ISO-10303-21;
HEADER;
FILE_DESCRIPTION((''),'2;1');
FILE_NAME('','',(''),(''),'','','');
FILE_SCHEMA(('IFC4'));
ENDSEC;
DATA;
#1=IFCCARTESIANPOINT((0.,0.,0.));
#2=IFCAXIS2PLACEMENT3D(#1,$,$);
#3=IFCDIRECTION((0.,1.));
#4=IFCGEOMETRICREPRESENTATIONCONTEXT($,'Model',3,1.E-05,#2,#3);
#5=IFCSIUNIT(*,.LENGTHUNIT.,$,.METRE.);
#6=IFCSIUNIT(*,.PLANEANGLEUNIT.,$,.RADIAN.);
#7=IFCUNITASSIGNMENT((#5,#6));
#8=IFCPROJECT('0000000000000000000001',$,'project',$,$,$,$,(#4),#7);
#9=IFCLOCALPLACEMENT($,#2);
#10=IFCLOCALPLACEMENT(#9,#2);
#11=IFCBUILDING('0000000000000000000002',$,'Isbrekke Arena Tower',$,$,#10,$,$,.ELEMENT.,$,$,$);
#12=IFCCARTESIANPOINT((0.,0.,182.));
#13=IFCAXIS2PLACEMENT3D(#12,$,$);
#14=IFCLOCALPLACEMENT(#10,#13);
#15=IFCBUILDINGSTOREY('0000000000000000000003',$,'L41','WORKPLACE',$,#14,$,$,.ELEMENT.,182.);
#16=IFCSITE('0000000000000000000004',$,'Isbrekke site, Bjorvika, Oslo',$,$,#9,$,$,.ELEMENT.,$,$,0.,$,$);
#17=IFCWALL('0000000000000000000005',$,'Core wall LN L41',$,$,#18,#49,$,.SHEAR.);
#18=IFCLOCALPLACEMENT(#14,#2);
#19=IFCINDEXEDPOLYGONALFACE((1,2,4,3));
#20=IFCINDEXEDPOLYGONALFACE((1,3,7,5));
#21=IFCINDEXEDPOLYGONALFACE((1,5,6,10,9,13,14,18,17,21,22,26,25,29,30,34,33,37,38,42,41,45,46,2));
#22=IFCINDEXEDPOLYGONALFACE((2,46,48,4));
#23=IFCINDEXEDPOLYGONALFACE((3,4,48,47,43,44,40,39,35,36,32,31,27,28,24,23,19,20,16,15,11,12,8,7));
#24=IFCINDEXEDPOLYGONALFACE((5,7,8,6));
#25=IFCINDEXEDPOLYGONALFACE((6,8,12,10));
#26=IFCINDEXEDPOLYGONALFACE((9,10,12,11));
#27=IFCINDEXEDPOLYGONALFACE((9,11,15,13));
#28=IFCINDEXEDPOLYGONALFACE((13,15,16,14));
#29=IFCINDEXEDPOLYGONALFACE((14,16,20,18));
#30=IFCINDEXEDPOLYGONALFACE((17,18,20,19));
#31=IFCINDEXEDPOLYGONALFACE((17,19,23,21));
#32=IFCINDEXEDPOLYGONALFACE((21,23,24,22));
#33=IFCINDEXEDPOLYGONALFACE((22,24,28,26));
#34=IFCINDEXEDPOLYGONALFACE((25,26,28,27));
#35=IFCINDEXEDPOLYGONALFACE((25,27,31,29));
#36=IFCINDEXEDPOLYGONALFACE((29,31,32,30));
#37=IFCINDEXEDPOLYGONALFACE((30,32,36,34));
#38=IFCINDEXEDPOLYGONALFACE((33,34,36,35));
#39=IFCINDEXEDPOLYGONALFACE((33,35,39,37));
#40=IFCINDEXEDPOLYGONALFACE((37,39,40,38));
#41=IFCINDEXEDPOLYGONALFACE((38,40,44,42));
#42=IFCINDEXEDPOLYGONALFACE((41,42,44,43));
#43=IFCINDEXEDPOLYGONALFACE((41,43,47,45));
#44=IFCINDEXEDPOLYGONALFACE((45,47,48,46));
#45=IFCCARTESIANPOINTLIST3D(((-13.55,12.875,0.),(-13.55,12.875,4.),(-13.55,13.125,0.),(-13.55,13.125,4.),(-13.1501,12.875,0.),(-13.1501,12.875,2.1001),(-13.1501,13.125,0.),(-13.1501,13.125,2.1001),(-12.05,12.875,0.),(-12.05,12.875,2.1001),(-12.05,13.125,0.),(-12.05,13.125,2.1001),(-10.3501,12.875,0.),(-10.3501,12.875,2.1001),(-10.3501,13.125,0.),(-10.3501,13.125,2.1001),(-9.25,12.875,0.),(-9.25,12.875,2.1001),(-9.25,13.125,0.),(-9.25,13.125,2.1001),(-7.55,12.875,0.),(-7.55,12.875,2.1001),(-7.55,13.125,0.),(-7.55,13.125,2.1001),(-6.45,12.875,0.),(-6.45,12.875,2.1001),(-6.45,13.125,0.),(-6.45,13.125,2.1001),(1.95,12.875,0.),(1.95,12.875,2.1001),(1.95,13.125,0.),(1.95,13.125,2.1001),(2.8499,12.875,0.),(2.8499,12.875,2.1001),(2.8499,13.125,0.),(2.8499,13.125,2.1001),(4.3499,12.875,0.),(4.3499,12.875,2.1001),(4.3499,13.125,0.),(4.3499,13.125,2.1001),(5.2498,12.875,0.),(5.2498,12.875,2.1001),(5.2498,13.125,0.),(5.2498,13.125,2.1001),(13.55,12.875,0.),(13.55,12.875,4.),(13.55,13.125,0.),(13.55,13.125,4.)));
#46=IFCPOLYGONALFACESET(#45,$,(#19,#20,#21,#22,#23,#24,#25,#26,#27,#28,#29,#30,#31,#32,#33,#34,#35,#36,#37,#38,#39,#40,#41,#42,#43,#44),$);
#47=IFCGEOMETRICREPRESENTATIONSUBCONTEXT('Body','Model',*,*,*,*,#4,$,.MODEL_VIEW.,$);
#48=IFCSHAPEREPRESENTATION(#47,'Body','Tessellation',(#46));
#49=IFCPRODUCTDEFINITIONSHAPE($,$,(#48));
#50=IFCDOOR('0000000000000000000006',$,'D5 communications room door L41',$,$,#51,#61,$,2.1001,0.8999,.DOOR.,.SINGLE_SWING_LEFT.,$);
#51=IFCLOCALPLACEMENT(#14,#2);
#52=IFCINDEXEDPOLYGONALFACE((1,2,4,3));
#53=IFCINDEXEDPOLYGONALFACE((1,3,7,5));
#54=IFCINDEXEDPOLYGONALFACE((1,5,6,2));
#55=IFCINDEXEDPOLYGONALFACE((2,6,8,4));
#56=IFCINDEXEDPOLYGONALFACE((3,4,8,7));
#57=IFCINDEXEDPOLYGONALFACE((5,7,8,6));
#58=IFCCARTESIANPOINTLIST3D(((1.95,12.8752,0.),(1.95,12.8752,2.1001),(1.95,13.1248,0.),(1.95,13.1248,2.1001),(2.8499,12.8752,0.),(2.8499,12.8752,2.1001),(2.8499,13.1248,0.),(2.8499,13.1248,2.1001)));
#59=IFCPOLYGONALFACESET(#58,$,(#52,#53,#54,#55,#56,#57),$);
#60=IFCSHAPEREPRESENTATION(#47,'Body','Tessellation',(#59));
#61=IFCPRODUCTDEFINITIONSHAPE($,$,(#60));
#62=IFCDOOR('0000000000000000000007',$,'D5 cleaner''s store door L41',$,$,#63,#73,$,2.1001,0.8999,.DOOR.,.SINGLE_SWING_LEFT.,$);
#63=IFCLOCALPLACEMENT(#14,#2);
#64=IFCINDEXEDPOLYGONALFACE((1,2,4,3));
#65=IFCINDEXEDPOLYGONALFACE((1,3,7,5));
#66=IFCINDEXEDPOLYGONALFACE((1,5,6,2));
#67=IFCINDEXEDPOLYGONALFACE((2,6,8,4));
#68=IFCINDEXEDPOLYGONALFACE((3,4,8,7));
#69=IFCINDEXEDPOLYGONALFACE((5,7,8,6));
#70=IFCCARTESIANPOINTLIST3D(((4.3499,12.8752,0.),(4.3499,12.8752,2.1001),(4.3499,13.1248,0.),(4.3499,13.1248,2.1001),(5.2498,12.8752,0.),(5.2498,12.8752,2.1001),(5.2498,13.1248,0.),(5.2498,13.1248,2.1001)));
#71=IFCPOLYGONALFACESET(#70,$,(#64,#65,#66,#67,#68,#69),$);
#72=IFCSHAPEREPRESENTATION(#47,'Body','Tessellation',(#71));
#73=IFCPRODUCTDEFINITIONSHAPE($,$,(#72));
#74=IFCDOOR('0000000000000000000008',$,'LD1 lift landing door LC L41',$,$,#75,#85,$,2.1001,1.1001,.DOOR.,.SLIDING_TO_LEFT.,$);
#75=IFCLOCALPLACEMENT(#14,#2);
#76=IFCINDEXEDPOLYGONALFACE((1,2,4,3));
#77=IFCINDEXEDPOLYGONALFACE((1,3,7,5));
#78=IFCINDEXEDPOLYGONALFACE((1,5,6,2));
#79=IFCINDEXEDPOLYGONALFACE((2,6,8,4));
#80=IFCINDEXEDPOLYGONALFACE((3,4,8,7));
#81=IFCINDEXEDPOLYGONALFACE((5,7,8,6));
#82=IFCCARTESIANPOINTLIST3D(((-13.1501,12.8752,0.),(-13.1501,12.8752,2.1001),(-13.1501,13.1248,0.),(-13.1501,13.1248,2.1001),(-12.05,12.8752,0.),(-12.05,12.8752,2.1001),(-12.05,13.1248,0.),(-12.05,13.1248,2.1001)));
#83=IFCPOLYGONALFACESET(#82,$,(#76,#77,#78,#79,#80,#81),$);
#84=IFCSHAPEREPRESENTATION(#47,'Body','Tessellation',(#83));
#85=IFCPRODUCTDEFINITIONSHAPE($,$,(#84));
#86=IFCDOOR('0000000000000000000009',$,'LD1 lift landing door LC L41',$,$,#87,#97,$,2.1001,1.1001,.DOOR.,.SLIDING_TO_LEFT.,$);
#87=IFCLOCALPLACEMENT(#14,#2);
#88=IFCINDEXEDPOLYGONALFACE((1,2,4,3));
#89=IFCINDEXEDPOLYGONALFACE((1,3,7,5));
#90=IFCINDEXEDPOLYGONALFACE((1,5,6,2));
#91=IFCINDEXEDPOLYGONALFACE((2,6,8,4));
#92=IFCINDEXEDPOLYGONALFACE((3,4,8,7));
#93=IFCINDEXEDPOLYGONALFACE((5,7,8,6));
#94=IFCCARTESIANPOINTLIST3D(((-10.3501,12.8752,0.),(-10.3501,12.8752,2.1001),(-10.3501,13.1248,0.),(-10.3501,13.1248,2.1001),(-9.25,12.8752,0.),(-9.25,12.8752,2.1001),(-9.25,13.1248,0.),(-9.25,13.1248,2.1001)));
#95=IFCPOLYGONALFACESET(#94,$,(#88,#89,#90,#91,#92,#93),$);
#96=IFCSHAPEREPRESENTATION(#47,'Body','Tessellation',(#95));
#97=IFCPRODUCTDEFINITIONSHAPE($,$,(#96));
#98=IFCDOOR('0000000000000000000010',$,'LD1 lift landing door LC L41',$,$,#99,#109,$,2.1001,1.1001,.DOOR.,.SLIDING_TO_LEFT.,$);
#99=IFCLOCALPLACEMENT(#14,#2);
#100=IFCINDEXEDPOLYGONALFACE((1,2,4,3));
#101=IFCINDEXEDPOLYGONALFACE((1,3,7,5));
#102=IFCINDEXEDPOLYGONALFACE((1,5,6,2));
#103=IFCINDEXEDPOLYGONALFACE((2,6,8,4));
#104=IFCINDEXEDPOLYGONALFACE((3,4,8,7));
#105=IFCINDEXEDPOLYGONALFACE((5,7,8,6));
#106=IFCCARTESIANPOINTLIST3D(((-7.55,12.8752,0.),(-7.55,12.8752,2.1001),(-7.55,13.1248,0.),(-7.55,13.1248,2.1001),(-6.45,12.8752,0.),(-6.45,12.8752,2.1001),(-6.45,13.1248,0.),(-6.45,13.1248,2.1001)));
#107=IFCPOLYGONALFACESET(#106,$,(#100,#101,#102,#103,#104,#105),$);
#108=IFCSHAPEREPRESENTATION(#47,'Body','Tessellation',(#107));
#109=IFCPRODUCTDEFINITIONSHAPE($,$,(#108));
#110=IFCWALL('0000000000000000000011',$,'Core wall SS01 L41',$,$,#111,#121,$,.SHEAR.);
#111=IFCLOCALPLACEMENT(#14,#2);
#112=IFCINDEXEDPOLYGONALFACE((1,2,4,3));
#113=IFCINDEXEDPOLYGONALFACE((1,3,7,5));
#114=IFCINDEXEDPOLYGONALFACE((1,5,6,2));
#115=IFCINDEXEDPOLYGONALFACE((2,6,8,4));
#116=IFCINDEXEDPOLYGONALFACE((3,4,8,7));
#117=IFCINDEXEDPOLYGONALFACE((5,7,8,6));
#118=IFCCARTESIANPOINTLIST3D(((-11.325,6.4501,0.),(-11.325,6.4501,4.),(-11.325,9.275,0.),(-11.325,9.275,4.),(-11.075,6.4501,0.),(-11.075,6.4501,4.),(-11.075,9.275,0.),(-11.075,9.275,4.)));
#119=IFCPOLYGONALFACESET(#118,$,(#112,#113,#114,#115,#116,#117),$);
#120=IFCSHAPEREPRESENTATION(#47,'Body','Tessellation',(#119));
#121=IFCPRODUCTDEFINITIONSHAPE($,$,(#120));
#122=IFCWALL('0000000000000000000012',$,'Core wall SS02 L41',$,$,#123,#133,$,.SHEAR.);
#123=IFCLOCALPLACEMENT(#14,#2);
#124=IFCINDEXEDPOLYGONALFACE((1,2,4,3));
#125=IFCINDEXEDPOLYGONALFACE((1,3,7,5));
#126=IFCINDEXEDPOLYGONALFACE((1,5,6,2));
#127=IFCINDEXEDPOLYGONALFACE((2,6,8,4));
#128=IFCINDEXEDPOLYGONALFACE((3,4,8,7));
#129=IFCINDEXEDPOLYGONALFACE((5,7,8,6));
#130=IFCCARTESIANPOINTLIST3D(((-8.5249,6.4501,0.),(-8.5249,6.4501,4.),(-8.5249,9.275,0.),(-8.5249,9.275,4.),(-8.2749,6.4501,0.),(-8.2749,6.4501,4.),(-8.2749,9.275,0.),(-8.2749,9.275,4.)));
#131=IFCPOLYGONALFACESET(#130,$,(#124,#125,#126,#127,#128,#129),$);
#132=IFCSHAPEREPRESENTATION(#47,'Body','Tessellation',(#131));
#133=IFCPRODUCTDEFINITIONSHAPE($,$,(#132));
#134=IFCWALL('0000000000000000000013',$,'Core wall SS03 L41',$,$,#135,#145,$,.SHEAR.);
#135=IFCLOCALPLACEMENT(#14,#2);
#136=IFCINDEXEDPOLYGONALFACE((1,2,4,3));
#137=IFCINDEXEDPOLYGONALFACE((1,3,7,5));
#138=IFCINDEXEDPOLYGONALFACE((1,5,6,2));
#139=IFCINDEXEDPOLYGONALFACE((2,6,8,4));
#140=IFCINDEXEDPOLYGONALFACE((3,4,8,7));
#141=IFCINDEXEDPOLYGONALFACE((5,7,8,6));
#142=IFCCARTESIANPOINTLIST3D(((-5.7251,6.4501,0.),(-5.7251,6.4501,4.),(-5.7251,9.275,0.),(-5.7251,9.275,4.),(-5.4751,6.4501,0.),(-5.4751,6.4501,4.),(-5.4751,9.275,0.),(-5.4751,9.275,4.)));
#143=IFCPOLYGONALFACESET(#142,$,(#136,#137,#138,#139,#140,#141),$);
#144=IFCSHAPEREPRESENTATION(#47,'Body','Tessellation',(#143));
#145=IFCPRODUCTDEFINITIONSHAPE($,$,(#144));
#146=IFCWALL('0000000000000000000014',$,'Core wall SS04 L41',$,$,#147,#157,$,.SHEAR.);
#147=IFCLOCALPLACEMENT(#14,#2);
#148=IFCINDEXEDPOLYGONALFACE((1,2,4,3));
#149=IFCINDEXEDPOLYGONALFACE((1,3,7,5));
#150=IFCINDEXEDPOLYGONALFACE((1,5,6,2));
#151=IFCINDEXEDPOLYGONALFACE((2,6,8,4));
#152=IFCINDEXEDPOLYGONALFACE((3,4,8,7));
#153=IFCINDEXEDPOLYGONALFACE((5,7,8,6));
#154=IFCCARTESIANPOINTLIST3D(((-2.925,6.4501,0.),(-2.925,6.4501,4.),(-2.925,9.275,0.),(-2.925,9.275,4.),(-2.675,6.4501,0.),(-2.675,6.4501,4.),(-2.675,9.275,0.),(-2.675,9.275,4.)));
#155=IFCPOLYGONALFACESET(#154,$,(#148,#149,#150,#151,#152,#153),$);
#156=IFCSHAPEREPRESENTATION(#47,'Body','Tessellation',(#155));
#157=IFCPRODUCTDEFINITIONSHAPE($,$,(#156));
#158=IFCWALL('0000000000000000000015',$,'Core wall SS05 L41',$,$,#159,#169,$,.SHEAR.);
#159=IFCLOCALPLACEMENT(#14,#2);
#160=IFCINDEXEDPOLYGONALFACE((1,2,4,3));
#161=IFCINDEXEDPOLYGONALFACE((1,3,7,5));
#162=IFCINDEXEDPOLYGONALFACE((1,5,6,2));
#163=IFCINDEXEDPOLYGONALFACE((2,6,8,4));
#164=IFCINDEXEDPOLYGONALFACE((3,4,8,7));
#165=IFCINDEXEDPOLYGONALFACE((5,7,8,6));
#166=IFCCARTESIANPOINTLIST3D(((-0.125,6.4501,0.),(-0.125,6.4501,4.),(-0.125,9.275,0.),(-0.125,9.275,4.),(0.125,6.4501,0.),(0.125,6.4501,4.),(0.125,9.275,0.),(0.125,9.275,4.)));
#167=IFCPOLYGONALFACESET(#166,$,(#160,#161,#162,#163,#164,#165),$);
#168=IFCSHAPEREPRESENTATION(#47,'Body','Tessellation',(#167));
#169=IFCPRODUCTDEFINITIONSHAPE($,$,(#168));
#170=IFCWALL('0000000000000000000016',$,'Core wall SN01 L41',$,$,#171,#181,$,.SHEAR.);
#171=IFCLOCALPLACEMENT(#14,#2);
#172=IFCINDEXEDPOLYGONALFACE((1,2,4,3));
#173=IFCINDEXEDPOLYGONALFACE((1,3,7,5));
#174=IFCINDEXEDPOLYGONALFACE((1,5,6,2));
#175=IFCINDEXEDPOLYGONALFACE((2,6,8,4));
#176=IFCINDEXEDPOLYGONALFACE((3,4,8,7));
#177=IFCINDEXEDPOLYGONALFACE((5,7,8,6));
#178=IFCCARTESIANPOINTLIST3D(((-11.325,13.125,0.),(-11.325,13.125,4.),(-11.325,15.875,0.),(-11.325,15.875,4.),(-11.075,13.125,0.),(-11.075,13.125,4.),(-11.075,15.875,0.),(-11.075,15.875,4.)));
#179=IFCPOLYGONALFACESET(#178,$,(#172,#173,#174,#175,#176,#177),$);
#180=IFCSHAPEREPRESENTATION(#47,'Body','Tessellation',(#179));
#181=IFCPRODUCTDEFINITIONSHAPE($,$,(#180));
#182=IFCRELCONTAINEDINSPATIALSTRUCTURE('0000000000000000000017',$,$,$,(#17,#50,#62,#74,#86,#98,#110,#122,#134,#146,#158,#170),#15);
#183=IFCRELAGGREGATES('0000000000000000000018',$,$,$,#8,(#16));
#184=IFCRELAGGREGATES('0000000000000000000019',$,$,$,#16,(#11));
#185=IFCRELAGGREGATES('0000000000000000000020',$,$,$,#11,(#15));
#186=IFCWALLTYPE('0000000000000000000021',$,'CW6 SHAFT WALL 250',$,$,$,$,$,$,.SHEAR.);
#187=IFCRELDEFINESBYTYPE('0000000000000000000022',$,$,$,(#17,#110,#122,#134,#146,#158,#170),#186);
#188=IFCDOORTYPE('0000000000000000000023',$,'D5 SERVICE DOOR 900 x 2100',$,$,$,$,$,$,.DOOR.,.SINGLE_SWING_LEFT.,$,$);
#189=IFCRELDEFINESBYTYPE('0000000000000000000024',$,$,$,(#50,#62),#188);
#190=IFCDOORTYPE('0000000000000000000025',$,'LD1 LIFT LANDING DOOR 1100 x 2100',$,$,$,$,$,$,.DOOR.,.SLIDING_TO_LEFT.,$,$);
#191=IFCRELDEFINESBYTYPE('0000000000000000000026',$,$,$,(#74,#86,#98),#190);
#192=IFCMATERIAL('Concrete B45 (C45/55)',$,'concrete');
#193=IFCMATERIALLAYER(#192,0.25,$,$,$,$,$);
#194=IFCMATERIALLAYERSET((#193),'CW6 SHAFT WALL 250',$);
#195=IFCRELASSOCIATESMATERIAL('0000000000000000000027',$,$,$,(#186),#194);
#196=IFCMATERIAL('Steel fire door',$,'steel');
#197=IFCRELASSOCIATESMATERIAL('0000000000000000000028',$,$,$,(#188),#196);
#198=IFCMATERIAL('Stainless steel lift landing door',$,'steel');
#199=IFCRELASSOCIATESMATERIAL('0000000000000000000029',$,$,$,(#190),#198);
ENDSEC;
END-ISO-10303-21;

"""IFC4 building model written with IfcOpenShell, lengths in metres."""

from ifc_helpers import new_model, si_unit, direction, frame, frame_2d, origin, place, context, subcontext, project, spatial, rectangle, extrude, material, layer, layer_set, type_object, element, fill, save


model = new_model("IFC4")

# Units and contexts
model_context = context("Model", 3, precision=1e-05, world=origin(), true_north=direction((0.0, 1.0)))
body_context = subcontext(model_context, "Body", "Model", "MODEL_VIEW")
ifc_project = project(units=[si_unit("LENGTHUNIT", "METRE"), si_unit("PLANEANGLEUNIT", "RADIAN")], contexts=[model_context])

# Site, building, storey
site_placement = place(None, origin())
site = spatial("IfcSite", under=ifc_project, at=site_placement, Name="Isbrekke site, Bjorvika, Oslo", CompositionType="ELEMENT", RefElevation=0.0)
building_placement = place(site_placement, origin())
building = spatial("IfcBuilding", under=site, at=building_placement, Name="Isbrekke Arena Tower", CompositionType="ELEMENT")
storey_placement = place(building_placement, frame((0.0, 0.0, 182.0)))
storey = spatial("IfcBuildingStorey", under=building, at=storey_placement, Name="L41", Description="WORKPLACE", CompositionType="ELEMENT", Elevation=182.0)

# Wall, openings, doors
ifc_material_1 = material(Name="Concrete B45 (C45/55)", Category="concrete")
ifc_layer_1 = layer(ifc_material_1, 0.25)
ifc_layer_set_1 = layer_set([ifc_layer_1], Name="CW6 SHAFT WALL 250")
wall_type_1 = type_object("IfcWallType", Name="CW6 SHAFT WALL 250", PredefinedType="SHEAR", material=ifc_layer_set_1)
ifc_material_2 = material(Name="Steel fire door", Category="steel")
door_type_1 = type_object("IfcDoorType", Name="D5 SERVICE DOOR 900 x 2100", OperationType="SINGLE_SWING_LEFT", PredefinedType="DOOR", material=ifc_material_2)
ifc_material_3 = material(Name="Stainless steel lift landing door", Category="steel")
door_type_2 = type_object("IfcDoorType", Name="LD1 LIFT LANDING DOOR 1100 x 2100", OperationType="SLIDING_TO_LEFT", PredefinedType="DOOR", material=ifc_material_3)
wall_1_placement = place(storey_placement, frame((-13.55, 13.0, 0.0), z_axis=(0.0, 0.0, 1.0), x_axis=(1.0, 0.0, 0.0)))
wall_1 = element("IfcWall", 1, at=wall_1_placement, inside=storey, type_object=wall_type_1, Name="Core wall LN L41", PredefinedType="SHEAR", context=body_context, shape_type="SweptSolid", body=[
    extrude(rectangle(XDim=27.1001, YDim=0.25, at=frame_2d((13.55, 0.0))), origin(), (0.0, 0.0, 1.0), 4.0),
])
opening_1_placement = place(wall_1_placement, frame((0.3999, 0.0, 0.0)))
opening_1 = element("IfcOpeningElement", 2, at=opening_1_placement, cuts=wall_1, PredefinedType="OPENING", context=body_context, shape_type="SweptSolid", body=[
    extrude(rectangle(XDim=1.1001, YDim=2.1001, at=frame_2d((0.55, 1.05))), frame((0.0, 0.1399, 0.0), z_axis=(0.0, -1.0, 0.0), x_axis=(1.0, 0.0, 0.0)), (0.0, 0.0, 1.0), 0.2798),
])
opening_2_placement = place(wall_1_placement, frame((3.2, 0.0, 0.0)))
opening_2 = element("IfcOpeningElement", 3, at=opening_2_placement, cuts=wall_1, PredefinedType="OPENING", context=body_context, shape_type="SweptSolid", body=[
    extrude(rectangle(XDim=1.1001, YDim=2.1001, at=frame_2d((0.55, 1.05))), frame((0.0, 0.1399, 0.0), z_axis=(0.0, -1.0, 0.0), x_axis=(1.0, 0.0, 0.0)), (0.0, 0.0, 1.0), 0.2798),
])
opening_3_placement = place(wall_1_placement, frame((6.0, 0.0, 0.0)))
opening_3 = element("IfcOpeningElement", 4, at=opening_3_placement, cuts=wall_1, PredefinedType="OPENING", context=body_context, shape_type="SweptSolid", body=[
    extrude(rectangle(XDim=1.1001, YDim=2.1001, at=frame_2d((0.55, 1.05))), frame((0.0, 0.1399, 0.0), z_axis=(0.0, -1.0, 0.0), x_axis=(1.0, 0.0, 0.0)), (0.0, 0.0, 1.0), 0.2798),
])
opening_4_placement = place(wall_1_placement, frame((15.5, 0.0, 0.0)))
opening_4 = element("IfcOpeningElement", 5, at=opening_4_placement, cuts=wall_1, PredefinedType="OPENING", context=body_context, shape_type="SweptSolid", body=[
    extrude(rectangle(XDim=0.8999, YDim=2.1001, at=frame_2d((0.45, 1.05))), frame((0.0, 0.1399, 0.0), z_axis=(0.0, -1.0, 0.0), x_axis=(1.0, 0.0, 0.0)), (0.0, 0.0, 1.0), 0.2798),
])
opening_5_placement = place(wall_1_placement, frame((17.8999, 0.0, 0.0)))
opening_5 = element("IfcOpeningElement", 6, at=opening_5_placement, cuts=wall_1, PredefinedType="OPENING", context=body_context, shape_type="SweptSolid", body=[
    extrude(rectangle(XDim=0.8999, YDim=2.1001, at=frame_2d((0.45, 1.05))), frame((0.0, 0.1399, 0.0), z_axis=(0.0, -1.0, 0.0), x_axis=(1.0, 0.0, 0.0)), (0.0, 0.0, 1.0), 0.2798),
])
door_1_placement = place(opening_4_placement, origin())
door_1 = element("IfcDoor", 7, at=door_1_placement, inside=storey, type_object=door_type_1, Name="D5 communications room door L41", OperationType="SINGLE_SWING_LEFT", OverallHeight=2.1001, OverallWidth=0.8999, PredefinedType="DOOR", context=body_context, shape_type="SweptSolid", body=[
    extrude(rectangle(XDim=0.8999, YDim=2.1001, at=frame_2d((0.45, 1.05))), frame((0.0, 0.1248, 0.0), z_axis=(0.0, -1.0, 0.0), x_axis=(1.0, 0.0, 0.0)), (0.0, 0.0, 1.0), 0.2495),
])
fill(opening_4, door_1)
door_2_placement = place(opening_5_placement, origin())
door_2 = element("IfcDoor", 8, at=door_2_placement, inside=storey, type_object=door_type_1, Name="D5 cleaner's store door L41", OperationType="SINGLE_SWING_LEFT", OverallHeight=2.1001, OverallWidth=0.8999, PredefinedType="DOOR", context=body_context, shape_type="SweptSolid", body=[
    extrude(rectangle(XDim=0.8999, YDim=2.1001, at=frame_2d((0.45, 1.05))), frame((0.0, 0.1248, 0.0), z_axis=(0.0, -1.0, 0.0), x_axis=(1.0, 0.0, 0.0)), (0.0, 0.0, 1.0), 0.2495),
])
fill(opening_5, door_2)
door_3_placement = place(opening_1_placement, origin())
door_3 = element("IfcDoor", 9, at=door_3_placement, inside=storey, type_object=door_type_2, Name="LD1 lift landing door LC L41", OperationType="SLIDING_TO_LEFT", OverallHeight=2.1001, OverallWidth=1.1001, PredefinedType="DOOR", context=body_context, shape_type="SweptSolid", body=[
    extrude(rectangle(XDim=1.1001, YDim=2.1001, at=frame_2d((0.55, 1.05))), frame((0.0, 0.1248, 0.0), z_axis=(0.0, -1.0, 0.0), x_axis=(1.0, 0.0, 0.0)), (0.0, 0.0, 1.0), 0.2495),
])
fill(opening_1, door_3)
door_4_placement = place(opening_2_placement, origin())
door_4 = element("IfcDoor", 10, at=door_4_placement, inside=storey, type_object=door_type_2, Name="LD1 lift landing door LC L41", OperationType="SLIDING_TO_LEFT", OverallHeight=2.1001, OverallWidth=1.1001, PredefinedType="DOOR", context=body_context, shape_type="SweptSolid", body=[
    extrude(rectangle(XDim=1.1001, YDim=2.1001, at=frame_2d((0.55, 1.05))), frame((0.0, 0.1248, 0.0), z_axis=(0.0, -1.0, 0.0), x_axis=(1.0, 0.0, 0.0)), (0.0, 0.0, 1.0), 0.2495),
])
fill(opening_2, door_4)
door_5_placement = place(opening_3_placement, origin())
door_5 = element("IfcDoor", 11, at=door_5_placement, inside=storey, type_object=door_type_2, Name="LD1 lift landing door LC L41", OperationType="SLIDING_TO_LEFT", OverallHeight=2.1001, OverallWidth=1.1001, PredefinedType="DOOR", context=body_context, shape_type="SweptSolid", body=[
    extrude(rectangle(XDim=1.1001, YDim=2.1001, at=frame_2d((0.55, 1.05))), frame((0.0, 0.1248, 0.0), z_axis=(0.0, -1.0, 0.0), x_axis=(1.0, 0.0, 0.0)), (0.0, 0.0, 1.0), 0.2495),
])
fill(opening_3, door_5)

# Walls
for number, where, z_axis, x_axis, name in (
    (12, (-11.2, 6.45, 0.0), (0.0, 0.0, 1.0), (0.0, 1.0, 0.0), "Core wall SS01 L41"),
    (13, (-8.3999, 6.45, 0.0), (0.0, 0.0, 1.0), (0.0, 1.0, 0.0), "Core wall SS02 L41"),
    (14, (-5.6001, 6.45, 0.0), (0.0, 0.0, 1.0), (0.0, 1.0, 0.0), "Core wall SS03 L41"),
    (15, (-2.8, 6.45, 0.0), (0.0, 0.0, 1.0), (0.0, 1.0, 0.0), "Core wall SS04 L41"),
    (16, (0.0, 6.45, 0.0), (0.0, 0.0, 1.0), (0.0, 1.0, 0.0), "Core wall SS05 L41"),
):
    element("IfcWall", number, at=place(storey_placement, frame(where, z_axis=z_axis, x_axis=x_axis)), inside=storey, type_object=wall_type_1, Name=name, PredefinedType="SHEAR", context=body_context, shape_type="SweptSolid", body=[
        extrude(rectangle(XDim=2.825, YDim=0.25, at=frame_2d((1.4126, 0.0))), origin(), (0.0, 0.0, 1.0), 4.0),
    ])
for number, where, z_axis, x_axis, name in (
    (17, (-11.2, 13.125, 0.0), (0.0, 0.0, 1.0), (0.0, 1.0, 0.0), "Core wall SN01 L41"),
):
    element("IfcWall", number, at=place(storey_placement, frame(where, z_axis=z_axis, x_axis=x_axis)), inside=storey, type_object=wall_type_1, Name=name, PredefinedType="SHEAR", context=body_context, shape_type="SweptSolid", body=[
        extrude(rectangle(XDim=2.75, YDim=0.25, at=frame_2d((1.375, 0.0))), origin(), (0.0, 0.0, 1.0), 4.0),
    ])

save(model, "model.ifc")
